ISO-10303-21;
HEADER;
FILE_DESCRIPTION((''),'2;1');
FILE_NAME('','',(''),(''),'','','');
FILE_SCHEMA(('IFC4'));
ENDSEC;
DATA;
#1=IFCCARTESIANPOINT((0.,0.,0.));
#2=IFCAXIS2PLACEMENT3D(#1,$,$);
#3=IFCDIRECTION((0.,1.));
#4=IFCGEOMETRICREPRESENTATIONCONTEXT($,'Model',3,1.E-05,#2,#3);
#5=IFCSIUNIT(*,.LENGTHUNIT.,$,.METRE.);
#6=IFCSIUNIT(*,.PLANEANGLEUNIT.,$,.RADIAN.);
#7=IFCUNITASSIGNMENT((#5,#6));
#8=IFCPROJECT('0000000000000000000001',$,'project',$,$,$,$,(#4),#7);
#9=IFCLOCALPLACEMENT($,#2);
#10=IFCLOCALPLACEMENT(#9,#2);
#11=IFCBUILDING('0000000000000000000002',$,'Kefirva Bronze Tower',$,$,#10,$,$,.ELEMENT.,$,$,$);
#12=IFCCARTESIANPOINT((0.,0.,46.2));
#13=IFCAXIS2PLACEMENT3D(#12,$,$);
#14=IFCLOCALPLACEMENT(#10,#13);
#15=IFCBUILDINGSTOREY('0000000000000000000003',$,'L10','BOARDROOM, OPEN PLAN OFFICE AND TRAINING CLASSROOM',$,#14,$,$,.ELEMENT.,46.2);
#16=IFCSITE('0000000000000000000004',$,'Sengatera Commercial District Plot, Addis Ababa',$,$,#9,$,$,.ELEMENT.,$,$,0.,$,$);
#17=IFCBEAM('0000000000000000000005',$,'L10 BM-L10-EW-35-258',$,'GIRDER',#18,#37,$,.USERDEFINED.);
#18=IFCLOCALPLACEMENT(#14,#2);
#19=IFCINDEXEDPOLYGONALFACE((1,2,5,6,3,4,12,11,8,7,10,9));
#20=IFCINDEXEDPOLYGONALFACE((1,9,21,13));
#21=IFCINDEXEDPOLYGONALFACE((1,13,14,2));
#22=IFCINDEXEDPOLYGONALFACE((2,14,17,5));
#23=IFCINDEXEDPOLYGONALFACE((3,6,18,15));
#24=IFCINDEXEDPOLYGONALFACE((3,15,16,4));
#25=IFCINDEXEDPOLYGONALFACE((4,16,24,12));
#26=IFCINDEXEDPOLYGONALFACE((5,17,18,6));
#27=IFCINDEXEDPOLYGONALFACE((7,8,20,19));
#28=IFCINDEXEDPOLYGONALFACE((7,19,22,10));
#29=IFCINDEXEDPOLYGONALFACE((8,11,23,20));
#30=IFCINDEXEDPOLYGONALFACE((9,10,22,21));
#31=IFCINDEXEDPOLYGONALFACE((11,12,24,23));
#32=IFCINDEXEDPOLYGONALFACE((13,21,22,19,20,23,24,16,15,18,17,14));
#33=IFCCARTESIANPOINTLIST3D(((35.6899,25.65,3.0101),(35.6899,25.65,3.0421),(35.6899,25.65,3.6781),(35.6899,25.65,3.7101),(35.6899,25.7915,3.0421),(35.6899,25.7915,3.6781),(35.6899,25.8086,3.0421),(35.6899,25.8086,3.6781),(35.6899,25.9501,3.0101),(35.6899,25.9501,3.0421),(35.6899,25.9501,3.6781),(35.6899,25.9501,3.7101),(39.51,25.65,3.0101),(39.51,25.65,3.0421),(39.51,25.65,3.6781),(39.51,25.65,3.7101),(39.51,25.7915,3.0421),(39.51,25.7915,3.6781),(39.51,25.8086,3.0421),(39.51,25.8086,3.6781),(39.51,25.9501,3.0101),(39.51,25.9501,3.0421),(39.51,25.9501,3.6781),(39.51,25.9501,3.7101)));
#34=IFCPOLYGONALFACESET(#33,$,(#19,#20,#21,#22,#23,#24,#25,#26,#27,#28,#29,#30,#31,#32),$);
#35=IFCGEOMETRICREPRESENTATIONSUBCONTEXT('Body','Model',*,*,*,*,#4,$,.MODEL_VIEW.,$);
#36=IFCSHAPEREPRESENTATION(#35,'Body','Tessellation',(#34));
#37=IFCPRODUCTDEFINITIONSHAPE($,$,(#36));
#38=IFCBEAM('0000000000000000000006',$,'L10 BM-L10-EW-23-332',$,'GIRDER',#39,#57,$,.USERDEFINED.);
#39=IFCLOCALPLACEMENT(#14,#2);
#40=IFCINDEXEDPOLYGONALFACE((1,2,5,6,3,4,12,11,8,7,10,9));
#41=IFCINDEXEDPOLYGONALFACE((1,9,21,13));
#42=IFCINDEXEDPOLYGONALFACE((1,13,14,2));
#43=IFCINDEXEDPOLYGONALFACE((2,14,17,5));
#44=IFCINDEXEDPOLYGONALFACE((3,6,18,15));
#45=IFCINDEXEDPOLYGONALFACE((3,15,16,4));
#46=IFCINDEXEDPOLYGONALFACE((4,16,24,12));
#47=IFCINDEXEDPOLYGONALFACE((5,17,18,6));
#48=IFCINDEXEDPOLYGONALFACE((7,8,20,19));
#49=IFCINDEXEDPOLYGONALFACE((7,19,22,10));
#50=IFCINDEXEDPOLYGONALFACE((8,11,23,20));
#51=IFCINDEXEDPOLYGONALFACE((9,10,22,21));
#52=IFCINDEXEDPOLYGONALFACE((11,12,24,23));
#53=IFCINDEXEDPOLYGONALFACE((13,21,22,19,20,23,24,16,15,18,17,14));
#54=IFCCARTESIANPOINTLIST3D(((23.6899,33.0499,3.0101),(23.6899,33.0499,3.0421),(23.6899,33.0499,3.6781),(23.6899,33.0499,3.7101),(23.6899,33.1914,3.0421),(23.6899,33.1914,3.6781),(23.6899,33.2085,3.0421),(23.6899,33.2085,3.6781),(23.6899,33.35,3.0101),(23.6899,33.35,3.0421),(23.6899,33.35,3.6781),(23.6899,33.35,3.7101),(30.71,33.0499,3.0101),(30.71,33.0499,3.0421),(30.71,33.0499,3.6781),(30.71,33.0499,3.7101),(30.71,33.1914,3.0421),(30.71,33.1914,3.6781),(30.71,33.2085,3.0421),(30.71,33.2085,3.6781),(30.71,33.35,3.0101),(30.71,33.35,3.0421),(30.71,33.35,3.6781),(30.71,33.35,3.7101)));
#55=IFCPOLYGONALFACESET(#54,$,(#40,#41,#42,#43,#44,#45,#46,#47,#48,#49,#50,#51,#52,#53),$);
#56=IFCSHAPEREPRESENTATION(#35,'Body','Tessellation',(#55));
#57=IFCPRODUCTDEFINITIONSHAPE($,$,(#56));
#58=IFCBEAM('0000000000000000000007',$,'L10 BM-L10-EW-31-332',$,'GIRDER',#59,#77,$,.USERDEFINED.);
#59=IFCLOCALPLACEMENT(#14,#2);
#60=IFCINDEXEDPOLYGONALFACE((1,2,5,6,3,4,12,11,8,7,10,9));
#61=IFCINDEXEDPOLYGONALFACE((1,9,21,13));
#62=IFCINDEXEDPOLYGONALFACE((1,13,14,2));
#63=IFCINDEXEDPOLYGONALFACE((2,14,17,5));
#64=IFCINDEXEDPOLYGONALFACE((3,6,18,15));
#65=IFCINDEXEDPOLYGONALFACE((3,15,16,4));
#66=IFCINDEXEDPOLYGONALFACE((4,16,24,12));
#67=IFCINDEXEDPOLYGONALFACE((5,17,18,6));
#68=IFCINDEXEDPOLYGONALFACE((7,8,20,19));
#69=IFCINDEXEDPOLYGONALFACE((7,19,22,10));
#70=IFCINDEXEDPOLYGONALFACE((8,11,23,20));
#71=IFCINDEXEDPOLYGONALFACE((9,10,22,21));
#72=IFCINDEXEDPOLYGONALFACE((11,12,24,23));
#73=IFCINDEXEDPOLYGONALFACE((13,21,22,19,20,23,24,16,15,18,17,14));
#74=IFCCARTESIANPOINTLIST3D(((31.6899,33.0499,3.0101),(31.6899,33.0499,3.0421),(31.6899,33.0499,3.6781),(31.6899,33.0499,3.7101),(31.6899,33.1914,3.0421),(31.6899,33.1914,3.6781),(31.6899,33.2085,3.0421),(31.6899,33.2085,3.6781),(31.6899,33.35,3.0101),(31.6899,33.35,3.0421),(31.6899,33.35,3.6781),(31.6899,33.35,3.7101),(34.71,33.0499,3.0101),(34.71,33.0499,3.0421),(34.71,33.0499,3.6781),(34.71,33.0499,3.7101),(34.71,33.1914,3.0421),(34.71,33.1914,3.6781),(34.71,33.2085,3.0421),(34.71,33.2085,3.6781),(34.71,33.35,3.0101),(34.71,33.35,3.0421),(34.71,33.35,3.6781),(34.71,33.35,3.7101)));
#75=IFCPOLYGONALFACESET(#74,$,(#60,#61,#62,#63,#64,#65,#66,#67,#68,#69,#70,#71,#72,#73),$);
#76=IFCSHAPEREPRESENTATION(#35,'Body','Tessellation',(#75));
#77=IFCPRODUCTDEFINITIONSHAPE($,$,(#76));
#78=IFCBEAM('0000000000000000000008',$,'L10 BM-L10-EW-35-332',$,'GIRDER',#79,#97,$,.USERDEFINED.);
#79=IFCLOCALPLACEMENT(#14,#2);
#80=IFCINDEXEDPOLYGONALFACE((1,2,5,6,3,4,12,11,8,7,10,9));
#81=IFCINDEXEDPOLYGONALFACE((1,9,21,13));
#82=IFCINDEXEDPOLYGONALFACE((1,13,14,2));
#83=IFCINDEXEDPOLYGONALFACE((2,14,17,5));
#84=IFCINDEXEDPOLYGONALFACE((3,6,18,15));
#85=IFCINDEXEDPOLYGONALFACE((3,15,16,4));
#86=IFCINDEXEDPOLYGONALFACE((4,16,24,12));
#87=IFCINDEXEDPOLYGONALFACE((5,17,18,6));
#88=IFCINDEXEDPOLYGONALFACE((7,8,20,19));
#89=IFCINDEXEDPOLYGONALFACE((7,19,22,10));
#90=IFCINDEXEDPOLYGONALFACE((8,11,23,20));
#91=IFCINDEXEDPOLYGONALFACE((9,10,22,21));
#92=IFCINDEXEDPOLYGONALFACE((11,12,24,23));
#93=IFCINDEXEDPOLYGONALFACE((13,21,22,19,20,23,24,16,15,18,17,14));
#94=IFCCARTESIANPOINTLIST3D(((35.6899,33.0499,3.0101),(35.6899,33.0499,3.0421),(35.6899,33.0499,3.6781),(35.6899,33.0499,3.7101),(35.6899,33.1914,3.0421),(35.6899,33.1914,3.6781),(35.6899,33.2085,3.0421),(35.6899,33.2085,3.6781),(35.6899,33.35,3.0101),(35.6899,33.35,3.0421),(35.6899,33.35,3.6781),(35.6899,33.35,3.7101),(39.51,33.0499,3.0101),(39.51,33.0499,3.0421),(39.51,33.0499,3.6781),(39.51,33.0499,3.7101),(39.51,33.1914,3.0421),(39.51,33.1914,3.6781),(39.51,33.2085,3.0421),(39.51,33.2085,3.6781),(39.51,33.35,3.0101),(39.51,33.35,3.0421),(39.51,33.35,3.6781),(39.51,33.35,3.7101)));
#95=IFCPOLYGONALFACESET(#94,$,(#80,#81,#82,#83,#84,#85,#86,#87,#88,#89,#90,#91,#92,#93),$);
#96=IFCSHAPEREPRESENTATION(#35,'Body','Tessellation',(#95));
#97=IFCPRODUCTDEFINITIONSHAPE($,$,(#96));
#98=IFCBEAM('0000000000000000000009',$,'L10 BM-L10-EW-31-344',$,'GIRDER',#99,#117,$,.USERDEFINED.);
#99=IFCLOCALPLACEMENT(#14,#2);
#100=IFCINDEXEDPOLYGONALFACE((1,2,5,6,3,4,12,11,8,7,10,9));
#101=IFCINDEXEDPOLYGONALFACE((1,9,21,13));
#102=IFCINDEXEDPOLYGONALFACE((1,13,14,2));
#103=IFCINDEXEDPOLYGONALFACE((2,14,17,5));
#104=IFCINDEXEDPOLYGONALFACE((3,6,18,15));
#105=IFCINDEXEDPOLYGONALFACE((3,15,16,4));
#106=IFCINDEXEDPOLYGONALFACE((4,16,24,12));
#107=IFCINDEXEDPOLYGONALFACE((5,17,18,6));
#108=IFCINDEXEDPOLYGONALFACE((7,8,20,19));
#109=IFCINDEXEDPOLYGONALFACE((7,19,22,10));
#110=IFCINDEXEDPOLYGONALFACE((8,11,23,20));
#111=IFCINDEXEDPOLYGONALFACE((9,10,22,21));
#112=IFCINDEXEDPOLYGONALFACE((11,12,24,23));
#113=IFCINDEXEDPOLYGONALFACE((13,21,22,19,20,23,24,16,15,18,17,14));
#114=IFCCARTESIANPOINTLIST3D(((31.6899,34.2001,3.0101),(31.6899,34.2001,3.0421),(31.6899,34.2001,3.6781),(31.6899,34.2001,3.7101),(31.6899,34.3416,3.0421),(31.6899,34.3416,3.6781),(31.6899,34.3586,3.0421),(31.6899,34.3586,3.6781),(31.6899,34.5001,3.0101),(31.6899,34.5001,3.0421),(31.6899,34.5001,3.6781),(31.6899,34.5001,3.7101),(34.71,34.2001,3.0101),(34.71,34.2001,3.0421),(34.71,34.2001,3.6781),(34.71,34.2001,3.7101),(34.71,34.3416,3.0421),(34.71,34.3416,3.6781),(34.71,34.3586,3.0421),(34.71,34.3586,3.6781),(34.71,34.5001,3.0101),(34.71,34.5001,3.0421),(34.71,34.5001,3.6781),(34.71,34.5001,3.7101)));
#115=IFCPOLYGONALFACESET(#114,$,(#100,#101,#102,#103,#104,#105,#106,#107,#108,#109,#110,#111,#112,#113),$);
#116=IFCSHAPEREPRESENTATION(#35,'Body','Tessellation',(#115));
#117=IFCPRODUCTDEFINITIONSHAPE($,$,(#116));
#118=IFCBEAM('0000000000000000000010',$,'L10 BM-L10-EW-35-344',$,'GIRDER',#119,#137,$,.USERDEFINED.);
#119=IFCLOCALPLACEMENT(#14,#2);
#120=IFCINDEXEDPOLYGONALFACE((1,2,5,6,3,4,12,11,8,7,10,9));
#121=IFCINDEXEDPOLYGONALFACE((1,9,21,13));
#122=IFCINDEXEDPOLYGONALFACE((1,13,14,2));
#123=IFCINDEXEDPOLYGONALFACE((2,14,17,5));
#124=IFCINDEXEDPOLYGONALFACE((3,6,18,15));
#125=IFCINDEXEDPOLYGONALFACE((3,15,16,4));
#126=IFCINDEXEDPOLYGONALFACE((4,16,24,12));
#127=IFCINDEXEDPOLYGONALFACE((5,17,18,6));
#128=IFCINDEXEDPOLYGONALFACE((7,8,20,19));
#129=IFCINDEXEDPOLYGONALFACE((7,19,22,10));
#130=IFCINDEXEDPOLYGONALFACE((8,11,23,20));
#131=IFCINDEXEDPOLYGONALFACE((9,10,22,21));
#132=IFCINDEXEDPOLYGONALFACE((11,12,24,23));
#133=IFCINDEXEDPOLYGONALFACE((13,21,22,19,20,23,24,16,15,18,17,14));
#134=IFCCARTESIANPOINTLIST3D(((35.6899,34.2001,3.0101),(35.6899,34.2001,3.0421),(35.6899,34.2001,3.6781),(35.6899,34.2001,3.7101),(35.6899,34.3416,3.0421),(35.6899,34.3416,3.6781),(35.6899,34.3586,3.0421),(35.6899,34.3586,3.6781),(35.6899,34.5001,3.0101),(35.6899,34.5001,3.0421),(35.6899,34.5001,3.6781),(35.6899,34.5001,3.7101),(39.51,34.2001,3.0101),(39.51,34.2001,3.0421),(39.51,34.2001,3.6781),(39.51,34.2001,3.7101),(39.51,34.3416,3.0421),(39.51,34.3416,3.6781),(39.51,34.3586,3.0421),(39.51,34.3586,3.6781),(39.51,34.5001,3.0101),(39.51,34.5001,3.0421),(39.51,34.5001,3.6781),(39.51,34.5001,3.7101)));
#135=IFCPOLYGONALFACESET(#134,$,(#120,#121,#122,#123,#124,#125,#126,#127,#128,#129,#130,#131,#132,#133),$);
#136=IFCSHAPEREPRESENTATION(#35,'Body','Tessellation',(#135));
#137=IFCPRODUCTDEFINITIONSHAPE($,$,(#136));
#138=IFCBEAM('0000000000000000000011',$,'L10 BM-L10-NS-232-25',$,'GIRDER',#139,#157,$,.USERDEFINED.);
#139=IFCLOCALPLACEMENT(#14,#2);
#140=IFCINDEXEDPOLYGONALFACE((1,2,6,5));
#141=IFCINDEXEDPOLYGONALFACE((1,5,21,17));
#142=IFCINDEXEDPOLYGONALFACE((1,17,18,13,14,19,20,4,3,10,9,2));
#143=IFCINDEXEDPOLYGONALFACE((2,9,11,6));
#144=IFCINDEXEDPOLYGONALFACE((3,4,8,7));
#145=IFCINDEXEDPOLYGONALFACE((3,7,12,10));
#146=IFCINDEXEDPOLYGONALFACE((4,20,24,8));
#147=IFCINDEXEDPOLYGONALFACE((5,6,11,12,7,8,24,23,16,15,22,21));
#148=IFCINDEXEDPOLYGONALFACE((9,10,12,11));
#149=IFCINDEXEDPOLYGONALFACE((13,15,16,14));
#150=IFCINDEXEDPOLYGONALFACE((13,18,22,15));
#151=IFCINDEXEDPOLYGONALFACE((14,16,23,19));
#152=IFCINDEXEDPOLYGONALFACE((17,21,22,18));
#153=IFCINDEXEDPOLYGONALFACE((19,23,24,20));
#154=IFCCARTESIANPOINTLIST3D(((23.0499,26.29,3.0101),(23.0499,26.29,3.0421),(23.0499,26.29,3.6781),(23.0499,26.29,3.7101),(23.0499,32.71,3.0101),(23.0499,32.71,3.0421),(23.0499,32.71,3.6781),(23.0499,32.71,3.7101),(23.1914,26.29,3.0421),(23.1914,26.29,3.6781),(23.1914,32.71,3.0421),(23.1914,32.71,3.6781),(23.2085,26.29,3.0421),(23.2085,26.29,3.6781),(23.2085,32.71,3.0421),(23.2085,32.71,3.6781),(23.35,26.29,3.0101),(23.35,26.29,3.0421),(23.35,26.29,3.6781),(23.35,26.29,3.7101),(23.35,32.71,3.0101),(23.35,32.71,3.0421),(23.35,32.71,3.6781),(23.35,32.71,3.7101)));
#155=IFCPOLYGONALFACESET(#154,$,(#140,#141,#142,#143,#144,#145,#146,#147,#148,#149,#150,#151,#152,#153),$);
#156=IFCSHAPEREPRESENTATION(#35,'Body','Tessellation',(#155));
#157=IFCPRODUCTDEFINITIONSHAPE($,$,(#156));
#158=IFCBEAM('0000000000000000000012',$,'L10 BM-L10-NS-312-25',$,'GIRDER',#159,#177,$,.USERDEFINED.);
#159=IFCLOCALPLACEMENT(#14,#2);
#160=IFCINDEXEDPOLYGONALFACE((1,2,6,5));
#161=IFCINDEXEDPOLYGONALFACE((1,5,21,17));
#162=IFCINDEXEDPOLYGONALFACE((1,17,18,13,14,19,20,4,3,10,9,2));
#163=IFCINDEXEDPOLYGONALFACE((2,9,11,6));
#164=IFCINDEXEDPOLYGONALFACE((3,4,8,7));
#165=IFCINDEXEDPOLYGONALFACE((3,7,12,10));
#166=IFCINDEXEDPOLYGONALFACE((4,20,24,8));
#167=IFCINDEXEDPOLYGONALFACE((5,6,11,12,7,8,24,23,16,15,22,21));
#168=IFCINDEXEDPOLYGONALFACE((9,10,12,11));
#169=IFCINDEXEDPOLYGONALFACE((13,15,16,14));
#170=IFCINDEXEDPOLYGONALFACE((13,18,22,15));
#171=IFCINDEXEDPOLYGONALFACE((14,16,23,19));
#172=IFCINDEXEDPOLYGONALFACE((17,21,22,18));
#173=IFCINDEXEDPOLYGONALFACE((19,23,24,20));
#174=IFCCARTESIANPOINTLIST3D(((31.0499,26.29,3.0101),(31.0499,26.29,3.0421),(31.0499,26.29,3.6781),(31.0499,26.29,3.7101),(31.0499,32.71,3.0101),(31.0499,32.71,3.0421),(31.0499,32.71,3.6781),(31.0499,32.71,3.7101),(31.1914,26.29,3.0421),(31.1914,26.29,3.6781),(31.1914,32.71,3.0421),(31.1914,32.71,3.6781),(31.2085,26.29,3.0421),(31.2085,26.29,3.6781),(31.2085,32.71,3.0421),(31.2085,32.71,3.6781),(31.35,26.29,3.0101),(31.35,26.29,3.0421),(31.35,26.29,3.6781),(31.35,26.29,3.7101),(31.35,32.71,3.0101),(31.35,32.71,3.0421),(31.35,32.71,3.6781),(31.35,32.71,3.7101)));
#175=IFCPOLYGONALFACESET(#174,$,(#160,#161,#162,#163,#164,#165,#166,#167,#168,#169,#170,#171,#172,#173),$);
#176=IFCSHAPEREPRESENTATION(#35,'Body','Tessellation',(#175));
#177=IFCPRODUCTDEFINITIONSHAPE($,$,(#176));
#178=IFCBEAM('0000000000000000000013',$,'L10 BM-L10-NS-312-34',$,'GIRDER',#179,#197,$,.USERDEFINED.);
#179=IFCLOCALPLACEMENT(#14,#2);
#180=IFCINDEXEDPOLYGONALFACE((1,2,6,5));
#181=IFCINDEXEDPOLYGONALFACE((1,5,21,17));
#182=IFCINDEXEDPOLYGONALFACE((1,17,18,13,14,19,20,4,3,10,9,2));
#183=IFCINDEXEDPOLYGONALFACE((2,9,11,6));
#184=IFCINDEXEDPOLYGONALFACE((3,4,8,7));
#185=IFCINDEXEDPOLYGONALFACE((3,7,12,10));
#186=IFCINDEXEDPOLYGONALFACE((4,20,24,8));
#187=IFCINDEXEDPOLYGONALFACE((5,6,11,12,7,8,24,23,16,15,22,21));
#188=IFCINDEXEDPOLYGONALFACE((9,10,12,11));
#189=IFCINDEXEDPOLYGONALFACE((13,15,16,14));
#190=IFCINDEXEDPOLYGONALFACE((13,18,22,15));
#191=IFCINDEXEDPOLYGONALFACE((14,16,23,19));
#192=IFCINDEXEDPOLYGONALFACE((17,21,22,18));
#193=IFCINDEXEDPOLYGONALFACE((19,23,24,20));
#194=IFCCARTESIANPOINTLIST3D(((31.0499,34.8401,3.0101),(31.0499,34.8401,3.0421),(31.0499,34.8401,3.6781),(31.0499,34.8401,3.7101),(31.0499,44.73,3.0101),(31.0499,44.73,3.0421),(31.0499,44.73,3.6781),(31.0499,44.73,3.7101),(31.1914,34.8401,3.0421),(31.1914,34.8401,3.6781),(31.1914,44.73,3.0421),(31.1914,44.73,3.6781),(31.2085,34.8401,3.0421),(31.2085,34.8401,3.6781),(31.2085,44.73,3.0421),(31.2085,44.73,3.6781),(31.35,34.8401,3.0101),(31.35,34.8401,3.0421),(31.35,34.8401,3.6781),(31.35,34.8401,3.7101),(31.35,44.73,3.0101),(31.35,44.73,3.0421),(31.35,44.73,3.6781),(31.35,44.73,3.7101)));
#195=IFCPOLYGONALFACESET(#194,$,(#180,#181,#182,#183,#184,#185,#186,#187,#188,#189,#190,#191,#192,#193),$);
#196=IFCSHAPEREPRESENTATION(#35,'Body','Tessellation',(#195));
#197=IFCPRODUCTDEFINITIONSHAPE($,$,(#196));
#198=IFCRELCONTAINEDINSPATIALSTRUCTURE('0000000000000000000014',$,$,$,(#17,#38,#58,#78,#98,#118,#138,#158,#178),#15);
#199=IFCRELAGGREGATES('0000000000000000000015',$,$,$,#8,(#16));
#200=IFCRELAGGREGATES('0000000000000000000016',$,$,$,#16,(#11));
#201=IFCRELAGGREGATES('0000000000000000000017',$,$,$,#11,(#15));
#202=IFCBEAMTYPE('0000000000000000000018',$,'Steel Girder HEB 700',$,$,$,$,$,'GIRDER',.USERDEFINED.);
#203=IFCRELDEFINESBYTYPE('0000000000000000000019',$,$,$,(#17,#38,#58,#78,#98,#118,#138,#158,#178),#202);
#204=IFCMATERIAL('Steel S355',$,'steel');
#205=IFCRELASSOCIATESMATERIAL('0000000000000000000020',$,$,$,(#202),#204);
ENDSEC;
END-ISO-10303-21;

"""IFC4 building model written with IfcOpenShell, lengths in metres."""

from ifc_helpers import new_model, si_unit, direction, frame, origin, origin_2d, place, context, subcontext, project, spatial, i_section, extrude, material, material_profile, profile_set, type_object, element, save


model = new_model("IFC4")

# Units and contexts
model_context = context("Model", 3, precision=1e-05, world=origin(), true_north=direction((0.0, 1.0)))
body_context = subcontext(model_context, "Body", "Model", "MODEL_VIEW")
ifc_project = project(units=[si_unit("LENGTHUNIT", "METRE"), si_unit("PLANEANGLEUNIT", "RADIAN")], contexts=[model_context])

# Site, building, storey
site_placement = place(None, origin())
site = spatial("IfcSite", under=ifc_project, at=site_placement, Name="Sengatera Commercial District Plot, Addis Ababa", CompositionType="ELEMENT", RefElevation=0.0)
building_placement = place(site_placement, origin())
building = spatial("IfcBuilding", under=site, at=building_placement, Name="Kefirva Bronze Tower", CompositionType="ELEMENT")
storey_placement = place(building_placement, frame((0.0, 0.0, 46.2)))
storey = spatial("IfcBuildingStorey", under=building, at=storey_placement, Name="L10", Description="BOARDROOM, OPEN PLAN OFFICE AND TRAINING CLASSROOM", CompositionType="ELEMENT", Elevation=46.2)

# Beams
ifc_material_1 = material(Name="Steel S355", Category="steel")
ifc_material_profile_1 = material_profile(ifc_material_1, i_section(OverallWidth=0.3, OverallDepth=0.7, WebThickness=0.0171, FlangeThickness=0.032, at=origin_2d()), Name="HEB 700")
ifc_profile_set_1 = profile_set([ifc_material_profile_1], Name="Steel S355")
beam_type_1 = type_object("IfcBeamType", Name="Steel Girder HEB 700", ElementType="GIRDER", PredefinedType="USERDEFINED", material=ifc_profile_set_1)
beam_1_placement = place(storey_placement, frame((35.6899, 25.8, 3.3601), z_axis=(1.0, 0.0, 0.0), x_axis=(0.0, 1.0, 0.0)))
element("IfcBeam", 1, at=beam_1_placement, inside=storey, type_object=beam_type_1, Name="L10 BM-L10-EW-35-258", ObjectType="GIRDER", PredefinedType="USERDEFINED", context=body_context, shape_type="SweptSolid", body=[
    extrude(i_section(OverallWidth=0.3, OverallDepth=0.7, WebThickness=0.0171, FlangeThickness=0.032, at=origin_2d()), origin(), (0.0, 0.0, 1.0), 3.8201),
])
beam_2_placement = place(storey_placement, frame((23.6899, 33.2, 3.3601), z_axis=(1.0, 0.0, 0.0), x_axis=(0.0, 1.0, 0.0)))
element("IfcBeam", 2, at=beam_2_placement, inside=storey, type_object=beam_type_1, Name="L10 BM-L10-EW-23-332", ObjectType="GIRDER", PredefinedType="USERDEFINED", context=body_context, shape_type="SweptSolid", body=[
    extrude(i_section(OverallWidth=0.3, OverallDepth=0.7, WebThickness=0.0171, FlangeThickness=0.032, at=origin_2d()), origin(), (0.0, 0.0, 1.0), 7.02),
])
beam_3_placement = place(storey_placement, frame((31.6899, 33.2, 3.3601), z_axis=(1.0, 0.0, 0.0), x_axis=(0.0, 1.0, 0.0)))
element("IfcBeam", 3, at=beam_3_placement, inside=storey, type_object=beam_type_1, Name="L10 BM-L10-EW-31-332", ObjectType="GIRDER", PredefinedType="USERDEFINED", context=body_context, shape_type="SweptSolid", body=[
    extrude(i_section(OverallWidth=0.3, OverallDepth=0.7, WebThickness=0.0171, FlangeThickness=0.032, at=origin_2d()), origin(), (0.0, 0.0, 1.0), 3.02),
])
beam_4_placement = place(storey_placement, frame((35.6899, 33.2, 3.3601), z_axis=(1.0, 0.0, 0.0), x_axis=(0.0, 1.0, 0.0)))
element("IfcBeam", 4, at=beam_4_placement, inside=storey, type_object=beam_type_1, Name="L10 BM-L10-EW-35-332", ObjectType="GIRDER", PredefinedType="USERDEFINED", context=body_context, shape_type="SweptSolid", body=[
    extrude(i_section(OverallWidth=0.3, OverallDepth=0.7, WebThickness=0.0171, FlangeThickness=0.032, at=origin_2d()), origin(), (0.0, 0.0, 1.0), 3.8201),
])
beam_5_placement = place(storey_placement, frame((31.6899, 34.3501, 3.3601), z_axis=(1.0, 0.0, 0.0), x_axis=(0.0, 1.0, 0.0)))
element("IfcBeam", 5, at=beam_5_placement, inside=storey, type_object=beam_type_1, Name="L10 BM-L10-EW-31-344", ObjectType="GIRDER", PredefinedType="USERDEFINED", context=body_context, shape_type="SweptSolid", body=[
    extrude(i_section(OverallWidth=0.3, OverallDepth=0.7, WebThickness=0.0171, FlangeThickness=0.032, at=origin_2d()), origin(), (0.0, 0.0, 1.0), 3.02),
])
beam_6_placement = place(storey_placement, frame((35.6899, 34.3501, 3.3601), z_axis=(1.0, 0.0, 0.0), x_axis=(0.0, 1.0, 0.0)))
element("IfcBeam", 6, at=beam_6_placement, inside=storey, type_object=beam_type_1, Name="L10 BM-L10-EW-35-344", ObjectType="GIRDER", PredefinedType="USERDEFINED", context=body_context, shape_type="SweptSolid", body=[
    extrude(i_section(OverallWidth=0.3, OverallDepth=0.7, WebThickness=0.0171, FlangeThickness=0.032, at=origin_2d()), origin(), (0.0, 0.0, 1.0), 3.8201),
])
for number, where, z_axis, x_axis, name in (
    (7, (23.2, 26.29, 3.3601), (0.0, 1.0, 0.0), (-1.0, 0.0, 0.0), "L10 BM-L10-NS-232-25"),
    (8, (31.2, 26.29, 3.3601), (0.0, 1.0, 0.0), (-1.0, 0.0, 0.0), "L10 BM-L10-NS-312-25"),
):
    element("IfcBeam", number, at=place(storey_placement, frame(where, z_axis=z_axis, x_axis=x_axis)), inside=storey, type_object=beam_type_1, Name=name, ObjectType="GIRDER", PredefinedType="USERDEFINED", context=body_context, shape_type="SweptSolid", body=[
        extrude(i_section(OverallWidth=0.3, OverallDepth=0.7, WebThickness=0.0171, FlangeThickness=0.032, at=origin_2d()), origin(), (0.0, 0.0, 1.0), 6.4199),
    ])
beam_7_placement = place(storey_placement, frame((31.2, 34.8401, 3.3601), z_axis=(0.0, 1.0, 0.0), x_axis=(-1.0, 0.0, 0.0)))
element("IfcBeam", 9, at=beam_7_placement, inside=storey, type_object=beam_type_1, Name="L10 BM-L10-NS-312-34", ObjectType="GIRDER", PredefinedType="USERDEFINED", context=body_context, shape_type="SweptSolid", body=[
    extrude(i_section(OverallWidth=0.3, OverallDepth=0.7, WebThickness=0.0171, FlangeThickness=0.032, at=origin_2d()), origin(), (0.0, 0.0, 1.0), 9.8899),
])

save(model, "model.ifc")
